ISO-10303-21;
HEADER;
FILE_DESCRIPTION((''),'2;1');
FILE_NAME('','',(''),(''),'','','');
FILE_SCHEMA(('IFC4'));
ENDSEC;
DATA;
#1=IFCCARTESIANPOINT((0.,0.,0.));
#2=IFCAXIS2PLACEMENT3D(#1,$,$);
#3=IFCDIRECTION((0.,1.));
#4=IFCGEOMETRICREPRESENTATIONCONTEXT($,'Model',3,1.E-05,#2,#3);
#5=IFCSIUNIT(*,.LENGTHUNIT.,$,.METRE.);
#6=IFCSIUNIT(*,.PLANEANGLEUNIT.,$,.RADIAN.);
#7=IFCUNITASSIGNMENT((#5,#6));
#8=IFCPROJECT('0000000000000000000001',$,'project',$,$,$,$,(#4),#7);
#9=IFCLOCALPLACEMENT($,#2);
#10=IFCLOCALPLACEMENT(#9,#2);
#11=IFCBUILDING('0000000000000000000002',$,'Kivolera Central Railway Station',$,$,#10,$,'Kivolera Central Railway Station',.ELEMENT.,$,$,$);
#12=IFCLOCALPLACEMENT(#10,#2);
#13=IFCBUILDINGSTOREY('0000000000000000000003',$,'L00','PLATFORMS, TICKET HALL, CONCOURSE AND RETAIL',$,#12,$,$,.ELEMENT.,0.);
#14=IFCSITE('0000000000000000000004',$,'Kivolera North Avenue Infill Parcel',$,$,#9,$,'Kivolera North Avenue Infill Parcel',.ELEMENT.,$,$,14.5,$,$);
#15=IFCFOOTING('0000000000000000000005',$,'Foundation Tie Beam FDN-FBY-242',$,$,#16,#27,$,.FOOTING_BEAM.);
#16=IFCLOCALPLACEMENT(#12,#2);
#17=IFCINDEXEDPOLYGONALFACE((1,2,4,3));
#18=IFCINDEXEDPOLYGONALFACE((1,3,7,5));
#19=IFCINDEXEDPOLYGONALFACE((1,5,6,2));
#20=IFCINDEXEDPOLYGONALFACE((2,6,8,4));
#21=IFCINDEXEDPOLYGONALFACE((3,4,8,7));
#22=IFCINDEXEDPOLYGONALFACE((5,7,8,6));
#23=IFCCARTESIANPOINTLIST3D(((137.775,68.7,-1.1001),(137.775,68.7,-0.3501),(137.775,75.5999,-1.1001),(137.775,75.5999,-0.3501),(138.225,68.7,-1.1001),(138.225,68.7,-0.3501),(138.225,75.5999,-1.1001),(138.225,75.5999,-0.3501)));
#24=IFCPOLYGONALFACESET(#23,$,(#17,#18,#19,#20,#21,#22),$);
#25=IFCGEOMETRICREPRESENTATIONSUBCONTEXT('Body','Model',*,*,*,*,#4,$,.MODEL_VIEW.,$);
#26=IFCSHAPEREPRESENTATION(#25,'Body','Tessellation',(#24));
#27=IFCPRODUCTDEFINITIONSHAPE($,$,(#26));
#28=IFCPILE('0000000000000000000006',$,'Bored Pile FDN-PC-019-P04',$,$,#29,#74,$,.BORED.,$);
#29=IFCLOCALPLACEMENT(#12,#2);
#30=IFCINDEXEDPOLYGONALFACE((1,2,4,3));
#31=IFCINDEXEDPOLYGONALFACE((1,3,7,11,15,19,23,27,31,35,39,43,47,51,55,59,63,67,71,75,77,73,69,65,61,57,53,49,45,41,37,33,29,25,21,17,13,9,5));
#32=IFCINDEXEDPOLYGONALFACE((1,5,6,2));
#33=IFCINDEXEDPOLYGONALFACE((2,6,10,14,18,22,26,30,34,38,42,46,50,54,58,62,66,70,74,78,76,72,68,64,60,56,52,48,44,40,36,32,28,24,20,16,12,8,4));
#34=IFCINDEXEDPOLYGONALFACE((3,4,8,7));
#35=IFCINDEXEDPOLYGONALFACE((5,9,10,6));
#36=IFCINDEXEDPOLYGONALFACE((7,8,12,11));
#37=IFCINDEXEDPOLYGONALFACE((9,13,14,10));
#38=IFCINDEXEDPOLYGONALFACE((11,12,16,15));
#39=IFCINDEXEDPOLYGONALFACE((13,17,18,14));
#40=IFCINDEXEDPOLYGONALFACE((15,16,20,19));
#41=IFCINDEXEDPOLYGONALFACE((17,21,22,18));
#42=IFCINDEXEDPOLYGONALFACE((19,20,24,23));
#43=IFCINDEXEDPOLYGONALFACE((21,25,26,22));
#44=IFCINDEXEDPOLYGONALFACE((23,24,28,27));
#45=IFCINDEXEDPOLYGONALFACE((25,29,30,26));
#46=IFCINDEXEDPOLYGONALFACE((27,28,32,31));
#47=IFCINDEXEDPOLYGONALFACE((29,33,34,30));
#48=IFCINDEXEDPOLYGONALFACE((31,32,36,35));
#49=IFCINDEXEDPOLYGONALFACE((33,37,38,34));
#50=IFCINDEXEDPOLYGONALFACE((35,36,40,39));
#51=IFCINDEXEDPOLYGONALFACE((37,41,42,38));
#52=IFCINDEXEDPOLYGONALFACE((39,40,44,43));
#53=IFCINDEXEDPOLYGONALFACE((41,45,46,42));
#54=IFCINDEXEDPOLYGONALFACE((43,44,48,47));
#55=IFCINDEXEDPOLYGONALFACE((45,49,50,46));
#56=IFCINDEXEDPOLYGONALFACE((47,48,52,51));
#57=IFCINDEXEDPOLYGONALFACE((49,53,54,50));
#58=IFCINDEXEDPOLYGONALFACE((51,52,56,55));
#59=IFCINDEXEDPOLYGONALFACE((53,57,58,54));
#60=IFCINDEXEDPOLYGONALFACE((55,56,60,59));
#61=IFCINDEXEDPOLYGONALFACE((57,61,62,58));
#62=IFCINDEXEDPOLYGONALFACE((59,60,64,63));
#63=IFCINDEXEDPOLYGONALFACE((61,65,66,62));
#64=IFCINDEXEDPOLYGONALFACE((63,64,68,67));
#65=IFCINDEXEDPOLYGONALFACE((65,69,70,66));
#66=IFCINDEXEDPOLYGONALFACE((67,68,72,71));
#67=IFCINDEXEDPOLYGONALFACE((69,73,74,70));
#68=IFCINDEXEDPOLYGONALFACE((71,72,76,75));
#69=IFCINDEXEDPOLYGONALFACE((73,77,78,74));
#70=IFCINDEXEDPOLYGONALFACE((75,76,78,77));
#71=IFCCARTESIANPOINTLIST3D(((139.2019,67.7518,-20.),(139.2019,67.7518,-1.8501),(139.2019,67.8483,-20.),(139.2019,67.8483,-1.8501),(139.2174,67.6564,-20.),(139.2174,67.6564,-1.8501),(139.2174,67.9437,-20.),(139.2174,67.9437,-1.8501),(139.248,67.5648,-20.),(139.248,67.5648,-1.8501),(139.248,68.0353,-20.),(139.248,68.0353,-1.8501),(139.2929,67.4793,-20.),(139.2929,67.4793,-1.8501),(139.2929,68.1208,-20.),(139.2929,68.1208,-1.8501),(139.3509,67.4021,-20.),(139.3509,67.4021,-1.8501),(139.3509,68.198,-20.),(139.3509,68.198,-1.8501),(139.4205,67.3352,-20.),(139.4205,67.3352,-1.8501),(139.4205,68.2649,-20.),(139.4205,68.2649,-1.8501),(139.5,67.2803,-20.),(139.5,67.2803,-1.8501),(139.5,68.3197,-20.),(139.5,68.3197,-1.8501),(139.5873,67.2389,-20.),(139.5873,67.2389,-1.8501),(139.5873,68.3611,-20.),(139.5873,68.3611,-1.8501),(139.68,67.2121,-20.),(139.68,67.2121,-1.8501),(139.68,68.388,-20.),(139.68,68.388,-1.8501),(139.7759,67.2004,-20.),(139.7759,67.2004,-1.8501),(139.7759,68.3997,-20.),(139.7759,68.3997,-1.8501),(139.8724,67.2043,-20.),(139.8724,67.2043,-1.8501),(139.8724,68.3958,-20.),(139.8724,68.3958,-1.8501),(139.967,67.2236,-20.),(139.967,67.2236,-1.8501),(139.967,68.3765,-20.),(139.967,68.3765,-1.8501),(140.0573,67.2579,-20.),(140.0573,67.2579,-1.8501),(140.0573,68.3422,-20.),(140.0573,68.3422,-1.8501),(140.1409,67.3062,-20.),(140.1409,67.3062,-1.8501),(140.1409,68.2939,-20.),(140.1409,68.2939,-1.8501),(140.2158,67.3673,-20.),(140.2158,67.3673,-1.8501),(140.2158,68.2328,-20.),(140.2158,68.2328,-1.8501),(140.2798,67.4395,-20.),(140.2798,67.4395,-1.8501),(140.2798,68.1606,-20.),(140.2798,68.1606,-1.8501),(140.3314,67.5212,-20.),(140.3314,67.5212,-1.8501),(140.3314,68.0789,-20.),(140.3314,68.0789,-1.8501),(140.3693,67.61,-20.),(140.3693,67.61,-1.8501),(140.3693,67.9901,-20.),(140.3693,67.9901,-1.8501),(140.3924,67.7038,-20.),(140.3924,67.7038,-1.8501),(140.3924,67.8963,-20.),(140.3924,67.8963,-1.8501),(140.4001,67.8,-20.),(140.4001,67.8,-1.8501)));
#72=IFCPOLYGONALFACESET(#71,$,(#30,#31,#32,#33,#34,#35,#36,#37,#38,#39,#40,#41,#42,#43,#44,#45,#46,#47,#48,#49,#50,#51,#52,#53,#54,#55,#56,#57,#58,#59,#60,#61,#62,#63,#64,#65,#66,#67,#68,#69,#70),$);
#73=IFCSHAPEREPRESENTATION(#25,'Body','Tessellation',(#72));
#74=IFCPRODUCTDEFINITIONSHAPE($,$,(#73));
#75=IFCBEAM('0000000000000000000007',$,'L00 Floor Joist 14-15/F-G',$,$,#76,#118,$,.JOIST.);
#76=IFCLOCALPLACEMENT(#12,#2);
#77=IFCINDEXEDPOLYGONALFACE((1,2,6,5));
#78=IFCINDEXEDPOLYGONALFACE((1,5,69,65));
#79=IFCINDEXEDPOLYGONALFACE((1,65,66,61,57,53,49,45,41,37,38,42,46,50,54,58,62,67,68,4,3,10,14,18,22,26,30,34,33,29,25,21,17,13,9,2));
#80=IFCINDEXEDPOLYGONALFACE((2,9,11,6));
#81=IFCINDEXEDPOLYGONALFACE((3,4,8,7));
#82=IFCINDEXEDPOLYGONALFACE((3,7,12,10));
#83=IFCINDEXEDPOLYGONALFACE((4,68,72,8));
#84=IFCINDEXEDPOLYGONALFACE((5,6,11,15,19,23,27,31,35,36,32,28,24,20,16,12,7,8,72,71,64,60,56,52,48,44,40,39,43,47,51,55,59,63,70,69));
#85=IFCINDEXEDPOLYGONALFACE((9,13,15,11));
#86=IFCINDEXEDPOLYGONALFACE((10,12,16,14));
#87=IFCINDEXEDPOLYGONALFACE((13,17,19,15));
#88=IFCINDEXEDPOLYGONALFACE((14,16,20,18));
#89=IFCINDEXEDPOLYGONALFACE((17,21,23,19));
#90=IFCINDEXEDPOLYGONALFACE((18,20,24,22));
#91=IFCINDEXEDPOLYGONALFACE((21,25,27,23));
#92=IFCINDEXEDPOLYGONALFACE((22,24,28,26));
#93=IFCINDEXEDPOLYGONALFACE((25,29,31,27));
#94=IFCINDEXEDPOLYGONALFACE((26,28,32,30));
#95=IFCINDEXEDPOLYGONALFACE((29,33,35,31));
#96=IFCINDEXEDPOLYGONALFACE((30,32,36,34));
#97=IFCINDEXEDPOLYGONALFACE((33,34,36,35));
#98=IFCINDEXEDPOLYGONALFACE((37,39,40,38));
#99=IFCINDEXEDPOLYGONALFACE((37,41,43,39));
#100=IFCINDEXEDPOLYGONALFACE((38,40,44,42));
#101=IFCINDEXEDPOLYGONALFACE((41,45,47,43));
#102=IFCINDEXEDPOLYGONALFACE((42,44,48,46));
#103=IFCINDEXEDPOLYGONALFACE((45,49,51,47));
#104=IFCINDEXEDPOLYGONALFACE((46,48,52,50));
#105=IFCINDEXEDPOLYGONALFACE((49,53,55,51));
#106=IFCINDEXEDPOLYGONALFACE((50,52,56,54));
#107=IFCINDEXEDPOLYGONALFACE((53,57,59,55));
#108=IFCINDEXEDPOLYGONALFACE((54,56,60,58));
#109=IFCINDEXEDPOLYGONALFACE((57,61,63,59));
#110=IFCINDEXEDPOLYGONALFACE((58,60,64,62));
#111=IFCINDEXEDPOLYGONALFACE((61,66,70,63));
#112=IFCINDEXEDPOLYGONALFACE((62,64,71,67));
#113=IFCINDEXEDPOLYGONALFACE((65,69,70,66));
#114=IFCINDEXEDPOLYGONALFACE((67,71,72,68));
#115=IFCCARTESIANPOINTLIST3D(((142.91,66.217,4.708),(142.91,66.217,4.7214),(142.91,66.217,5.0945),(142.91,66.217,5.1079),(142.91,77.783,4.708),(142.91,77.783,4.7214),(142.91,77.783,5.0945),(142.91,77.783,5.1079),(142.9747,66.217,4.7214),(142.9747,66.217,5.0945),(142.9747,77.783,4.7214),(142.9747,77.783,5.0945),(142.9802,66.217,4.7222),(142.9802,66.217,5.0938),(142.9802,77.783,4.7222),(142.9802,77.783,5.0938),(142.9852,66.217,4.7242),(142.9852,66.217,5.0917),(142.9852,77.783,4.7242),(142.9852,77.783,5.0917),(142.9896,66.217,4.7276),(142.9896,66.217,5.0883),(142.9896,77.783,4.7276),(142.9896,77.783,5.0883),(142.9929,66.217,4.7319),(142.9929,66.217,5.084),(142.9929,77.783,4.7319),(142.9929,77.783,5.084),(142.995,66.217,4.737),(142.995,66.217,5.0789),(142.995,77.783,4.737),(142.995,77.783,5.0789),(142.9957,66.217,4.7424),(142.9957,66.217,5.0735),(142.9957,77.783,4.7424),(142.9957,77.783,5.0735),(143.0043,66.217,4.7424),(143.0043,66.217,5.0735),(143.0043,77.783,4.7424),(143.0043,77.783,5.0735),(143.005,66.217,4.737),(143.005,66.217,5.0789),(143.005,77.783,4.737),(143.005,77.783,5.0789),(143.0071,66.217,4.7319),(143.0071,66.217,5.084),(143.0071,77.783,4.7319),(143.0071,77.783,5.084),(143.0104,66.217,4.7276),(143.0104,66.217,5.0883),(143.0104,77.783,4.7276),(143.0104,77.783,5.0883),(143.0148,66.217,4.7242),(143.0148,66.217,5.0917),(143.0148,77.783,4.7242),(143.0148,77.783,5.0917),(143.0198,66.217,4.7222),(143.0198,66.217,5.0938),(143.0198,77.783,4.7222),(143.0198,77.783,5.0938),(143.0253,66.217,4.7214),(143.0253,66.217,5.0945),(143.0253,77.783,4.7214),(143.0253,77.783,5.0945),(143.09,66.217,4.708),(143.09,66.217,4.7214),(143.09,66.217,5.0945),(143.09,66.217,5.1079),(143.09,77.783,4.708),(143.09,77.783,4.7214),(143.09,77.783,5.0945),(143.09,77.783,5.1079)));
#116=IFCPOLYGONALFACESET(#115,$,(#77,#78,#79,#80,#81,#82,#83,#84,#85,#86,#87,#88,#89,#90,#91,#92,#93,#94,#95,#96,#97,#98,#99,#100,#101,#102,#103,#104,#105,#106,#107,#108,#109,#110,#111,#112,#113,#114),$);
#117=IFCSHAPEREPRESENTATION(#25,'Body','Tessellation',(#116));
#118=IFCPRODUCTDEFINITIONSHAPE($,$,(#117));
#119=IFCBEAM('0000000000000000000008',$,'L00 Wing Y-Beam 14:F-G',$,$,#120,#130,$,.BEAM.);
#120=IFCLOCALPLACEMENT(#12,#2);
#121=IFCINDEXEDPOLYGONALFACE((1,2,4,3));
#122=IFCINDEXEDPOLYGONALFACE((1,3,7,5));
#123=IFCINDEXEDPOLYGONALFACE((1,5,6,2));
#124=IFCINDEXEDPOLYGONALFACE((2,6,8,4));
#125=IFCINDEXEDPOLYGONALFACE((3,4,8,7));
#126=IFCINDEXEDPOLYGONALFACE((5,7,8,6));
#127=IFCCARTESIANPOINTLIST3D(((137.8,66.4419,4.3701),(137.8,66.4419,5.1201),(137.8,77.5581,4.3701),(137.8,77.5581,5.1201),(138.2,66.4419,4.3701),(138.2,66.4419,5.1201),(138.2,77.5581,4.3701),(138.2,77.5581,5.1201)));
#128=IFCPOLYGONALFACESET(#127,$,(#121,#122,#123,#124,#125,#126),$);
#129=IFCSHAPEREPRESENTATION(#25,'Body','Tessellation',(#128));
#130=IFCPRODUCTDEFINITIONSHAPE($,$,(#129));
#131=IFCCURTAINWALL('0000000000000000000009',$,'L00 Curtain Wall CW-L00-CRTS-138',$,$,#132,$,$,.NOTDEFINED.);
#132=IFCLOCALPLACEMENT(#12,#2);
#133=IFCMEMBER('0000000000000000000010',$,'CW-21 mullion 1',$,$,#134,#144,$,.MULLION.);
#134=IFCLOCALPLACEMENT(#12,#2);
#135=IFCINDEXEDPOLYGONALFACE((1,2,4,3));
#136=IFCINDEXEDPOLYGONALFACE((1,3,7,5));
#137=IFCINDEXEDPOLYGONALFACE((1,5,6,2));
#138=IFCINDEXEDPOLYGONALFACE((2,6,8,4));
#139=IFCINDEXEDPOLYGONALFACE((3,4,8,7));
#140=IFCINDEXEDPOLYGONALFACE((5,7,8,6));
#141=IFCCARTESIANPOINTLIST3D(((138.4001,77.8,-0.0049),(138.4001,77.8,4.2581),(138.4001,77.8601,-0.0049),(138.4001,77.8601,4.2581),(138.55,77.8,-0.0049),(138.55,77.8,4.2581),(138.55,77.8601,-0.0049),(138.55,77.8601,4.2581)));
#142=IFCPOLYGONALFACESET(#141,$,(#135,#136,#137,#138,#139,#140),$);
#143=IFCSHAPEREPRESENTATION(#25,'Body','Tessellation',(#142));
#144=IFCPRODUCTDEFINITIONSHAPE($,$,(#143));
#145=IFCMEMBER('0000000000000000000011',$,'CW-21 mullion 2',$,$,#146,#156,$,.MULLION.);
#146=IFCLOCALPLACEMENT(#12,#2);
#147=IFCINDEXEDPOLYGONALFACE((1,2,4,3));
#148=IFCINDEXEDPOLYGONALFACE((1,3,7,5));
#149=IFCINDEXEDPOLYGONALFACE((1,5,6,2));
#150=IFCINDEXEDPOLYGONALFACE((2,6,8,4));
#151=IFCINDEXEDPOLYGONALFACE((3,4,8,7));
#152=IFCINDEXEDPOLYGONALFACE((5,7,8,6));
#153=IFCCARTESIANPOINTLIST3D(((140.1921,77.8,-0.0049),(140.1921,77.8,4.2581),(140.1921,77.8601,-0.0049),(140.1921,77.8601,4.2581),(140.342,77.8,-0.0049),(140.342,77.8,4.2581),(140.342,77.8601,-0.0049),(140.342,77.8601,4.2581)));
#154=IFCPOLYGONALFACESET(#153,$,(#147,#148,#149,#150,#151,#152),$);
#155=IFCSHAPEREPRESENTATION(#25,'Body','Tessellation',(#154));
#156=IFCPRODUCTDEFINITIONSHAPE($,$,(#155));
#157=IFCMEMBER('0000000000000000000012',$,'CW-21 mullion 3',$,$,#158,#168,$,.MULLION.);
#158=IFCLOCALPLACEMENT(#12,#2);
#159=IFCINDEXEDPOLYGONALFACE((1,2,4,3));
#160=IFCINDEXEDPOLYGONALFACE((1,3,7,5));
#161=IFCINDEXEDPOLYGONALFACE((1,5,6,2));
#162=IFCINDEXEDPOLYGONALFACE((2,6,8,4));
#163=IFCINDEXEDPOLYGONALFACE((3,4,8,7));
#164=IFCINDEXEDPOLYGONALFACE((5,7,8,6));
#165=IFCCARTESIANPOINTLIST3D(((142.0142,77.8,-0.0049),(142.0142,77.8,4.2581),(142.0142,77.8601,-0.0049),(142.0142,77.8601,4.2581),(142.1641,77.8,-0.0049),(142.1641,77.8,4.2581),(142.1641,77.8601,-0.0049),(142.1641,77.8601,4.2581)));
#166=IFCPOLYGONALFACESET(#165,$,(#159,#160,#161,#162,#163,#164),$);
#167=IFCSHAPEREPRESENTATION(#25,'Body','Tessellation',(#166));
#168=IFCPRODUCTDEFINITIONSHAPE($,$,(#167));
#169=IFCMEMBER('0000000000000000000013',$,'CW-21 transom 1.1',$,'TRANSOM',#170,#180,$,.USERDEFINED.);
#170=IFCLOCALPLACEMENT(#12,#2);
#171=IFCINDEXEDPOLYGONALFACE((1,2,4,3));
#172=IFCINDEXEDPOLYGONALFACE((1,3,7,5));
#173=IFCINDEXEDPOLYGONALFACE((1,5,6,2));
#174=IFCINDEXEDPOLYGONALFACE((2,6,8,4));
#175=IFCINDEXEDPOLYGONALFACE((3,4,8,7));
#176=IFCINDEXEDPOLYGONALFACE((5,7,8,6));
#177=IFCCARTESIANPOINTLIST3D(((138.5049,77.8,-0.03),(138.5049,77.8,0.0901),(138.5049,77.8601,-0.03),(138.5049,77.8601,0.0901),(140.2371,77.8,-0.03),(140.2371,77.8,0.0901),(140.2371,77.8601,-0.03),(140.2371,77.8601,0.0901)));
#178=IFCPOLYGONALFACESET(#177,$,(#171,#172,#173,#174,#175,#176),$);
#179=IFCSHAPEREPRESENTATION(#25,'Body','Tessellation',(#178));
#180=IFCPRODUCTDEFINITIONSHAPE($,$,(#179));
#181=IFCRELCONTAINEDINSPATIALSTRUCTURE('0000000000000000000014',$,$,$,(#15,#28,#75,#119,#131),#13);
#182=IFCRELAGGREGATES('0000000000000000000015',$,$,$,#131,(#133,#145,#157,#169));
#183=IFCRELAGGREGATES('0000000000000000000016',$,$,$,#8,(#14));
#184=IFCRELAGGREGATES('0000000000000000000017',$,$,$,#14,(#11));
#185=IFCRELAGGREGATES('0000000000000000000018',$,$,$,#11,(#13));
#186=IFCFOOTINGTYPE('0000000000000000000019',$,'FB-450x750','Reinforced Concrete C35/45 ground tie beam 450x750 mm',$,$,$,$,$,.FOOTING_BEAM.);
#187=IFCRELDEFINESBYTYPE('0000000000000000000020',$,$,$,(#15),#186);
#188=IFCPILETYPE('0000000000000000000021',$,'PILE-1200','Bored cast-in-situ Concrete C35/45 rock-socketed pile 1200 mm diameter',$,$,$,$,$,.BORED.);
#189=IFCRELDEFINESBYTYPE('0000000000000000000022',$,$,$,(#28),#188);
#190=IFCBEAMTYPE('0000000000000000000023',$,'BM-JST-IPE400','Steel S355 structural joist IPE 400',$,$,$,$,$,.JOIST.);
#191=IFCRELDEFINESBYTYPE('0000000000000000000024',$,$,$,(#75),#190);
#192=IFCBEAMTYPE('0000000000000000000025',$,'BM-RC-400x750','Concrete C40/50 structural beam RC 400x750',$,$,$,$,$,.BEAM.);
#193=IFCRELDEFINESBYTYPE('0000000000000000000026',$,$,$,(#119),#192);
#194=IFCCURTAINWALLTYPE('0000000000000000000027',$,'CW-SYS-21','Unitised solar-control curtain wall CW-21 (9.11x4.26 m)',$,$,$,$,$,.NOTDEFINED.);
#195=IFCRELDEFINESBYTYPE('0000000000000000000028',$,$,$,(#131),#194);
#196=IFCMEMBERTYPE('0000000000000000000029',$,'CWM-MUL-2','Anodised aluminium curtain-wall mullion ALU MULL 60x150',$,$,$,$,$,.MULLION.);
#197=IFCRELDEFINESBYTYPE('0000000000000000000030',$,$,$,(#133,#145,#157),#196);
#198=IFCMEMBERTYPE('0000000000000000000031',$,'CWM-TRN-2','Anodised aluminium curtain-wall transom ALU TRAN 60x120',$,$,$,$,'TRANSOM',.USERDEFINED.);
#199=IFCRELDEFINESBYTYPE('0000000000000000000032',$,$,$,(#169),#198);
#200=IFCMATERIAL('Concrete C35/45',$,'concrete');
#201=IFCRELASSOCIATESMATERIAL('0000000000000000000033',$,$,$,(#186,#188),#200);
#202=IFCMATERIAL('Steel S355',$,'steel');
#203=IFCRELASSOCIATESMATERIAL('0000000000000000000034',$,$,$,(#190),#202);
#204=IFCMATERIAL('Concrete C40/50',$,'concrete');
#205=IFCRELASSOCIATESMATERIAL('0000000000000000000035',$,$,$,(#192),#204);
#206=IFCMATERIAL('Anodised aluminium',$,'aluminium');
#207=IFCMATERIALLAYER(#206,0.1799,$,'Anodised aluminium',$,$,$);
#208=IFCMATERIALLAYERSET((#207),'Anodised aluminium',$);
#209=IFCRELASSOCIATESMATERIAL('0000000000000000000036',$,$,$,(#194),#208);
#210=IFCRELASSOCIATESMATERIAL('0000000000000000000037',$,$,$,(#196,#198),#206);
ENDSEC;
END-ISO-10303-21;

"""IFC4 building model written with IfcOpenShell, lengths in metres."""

from ifc_helpers import new_model, si_unit, direction, frame, origin, origin_2d, place, context, subcontext, project, spatial, rectangle, circle, i_section, extrude, material, layer, layer_set, material_profile, profile_set, type_object, element, aggregate, save


model = new_model("IFC4")

# Units and contexts
model_context = context("Model", 3, precision=1e-05, world=origin(), true_north=direction((0.0, 1.0)))
body_context = subcontext(model_context, "Body", "Model", "MODEL_VIEW")
ifc_project = project(units=[si_unit("LENGTHUNIT", "METRE"), si_unit("PLANEANGLEUNIT", "RADIAN")], contexts=[model_context])

# Site, building, storey
site_placement = place(None, origin())
site = spatial("IfcSite", under=ifc_project, at=site_placement, Name="Kivolera North Avenue Infill Parcel", LongName="Kivolera North Avenue Infill Parcel", CompositionType="ELEMENT", RefElevation=14.5)
building_placement = place(site_placement, origin())
building = spatial("IfcBuilding", under=site, at=building_placement, Name="Kivolera Central Railway Station", LongName="Kivolera Central Railway Station", CompositionType="ELEMENT")
storey_placement = place(building_placement, origin())
storey = spatial("IfcBuildingStorey", under=building, at=storey_placement, Name="L00", Description="PLATFORMS, TICKET HALL, CONCOURSE AND RETAIL", CompositionType="ELEMENT", Elevation=0.0)

# Footing
ifc_material_1 = material(Name="Concrete C35/45", Category="concrete")
footing_type = type_object("IfcFootingType", Name="FB-450x750", Description="Reinforced Concrete C35/45 ground tie beam 450x750 mm", PredefinedType="FOOTING_BEAM", material=ifc_material_1)
footing_placement = place(storey_placement, frame((138.0, 72.1499, -1.1001), z_axis=(0.0, 0.0, 1.0), x_axis=(1.0, 0.0, 0.0)))
element("IfcFooting", 1, at=footing_placement, inside=storey, type_object=footing_type, Name="Foundation Tie Beam FDN-FBY-242", PredefinedType="FOOTING_BEAM", context=body_context, shape_type="SweptSolid", body=[
    extrude(rectangle(XDim=0.45, YDim=6.8999, at=origin_2d()), origin(), (0.0, 0.0, 1.0), 0.75),
])

# Pile
ifc_material_profile_1 = material_profile(ifc_material_1, circle(Radius=0.6001, at=origin_2d()), Name="PILE D1200")
ifc_profile_set_1 = profile_set([ifc_material_profile_1], Name="Concrete C35/45")
pile_type = type_object("IfcPileType", Name="PILE-1200", Description="Bored cast-in-situ Concrete C35/45 rock-socketed pile 1200 mm diameter", PredefinedType="BORED", material=ifc_profile_set_1)
pile_placement = place(storey_placement, frame((139.8, 67.8, -1.8501), z_axis=(0.0, 0.0, -1.0), x_axis=(1.0, 0.0, 0.0)))
element("IfcPile", 2, at=pile_placement, inside=storey, type_object=pile_type, Name="Bored Pile FDN-PC-019-P04", PredefinedType="BORED", context=body_context, shape_type="SweptSolid", body=[
    extrude(circle(Radius=0.6001, at=origin_2d()), origin(), (0.0, 0.0, 1.0), 18.1499),
])

# Beams
ifc_material_2 = material(Name="Steel S355", Category="steel")
ifc_material_profile_2 = material_profile(ifc_material_2, i_section(OverallWidth=0.1799, OverallDepth=0.3999, WebThickness=0.0085, FlangeThickness=0.0134, FilletRadius=0.021, at=origin_2d()), Name="IPE 400")
ifc_profile_set_2 = profile_set([ifc_material_profile_2], Name="Steel S355")
beam_type_1 = type_object("IfcBeamType", Name="BM-JST-IPE400", Description="Steel S355 structural joist IPE 400", PredefinedType="JOIST", material=ifc_profile_set_2)
beam_1_placement = place(storey_placement, frame((143.0, 66.217, 4.908), z_axis=(0.0, 1.0, 0.0), x_axis=(-1.0, 0.0, 0.0)))
element("IfcBeam", 3, at=beam_1_placement, inside=storey, type_object=beam_type_1, Name="L00 Floor Joist 14-15/F-G", PredefinedType="JOIST", context=body_context, shape_type="SweptSolid", body=[
    extrude(i_section(OverallWidth=0.1799, OverallDepth=0.3999, WebThickness=0.0085, FlangeThickness=0.0134, FilletRadius=0.021, at=origin_2d()), origin(), (0.0, 0.0, 1.0), 11.5659),
])
ifc_material_3 = material(Name="Concrete C40/50", Category="concrete")
ifc_material_profile_3 = material_profile(ifc_material_3, rectangle(XDim=0.3999, YDim=0.75, at=origin_2d()), Name="RC 400x750")
ifc_profile_set_3 = profile_set([ifc_material_profile_3], Name="Concrete C40/50")
beam_type_2 = type_object("IfcBeamType", Name="BM-RC-400x750", Description="Concrete C40/50 structural beam RC 400x750", PredefinedType="BEAM", material=ifc_profile_set_3)
beam_2_placement = place(storey_placement, frame((138.0, 66.4419, 4.7451), z_axis=(0.0, 1.0, 0.0), x_axis=(-1.0, 0.0, 0.0)))
element("IfcBeam", 4, at=beam_2_placement, inside=storey, type_object=beam_type_2, Name="L00 Wing Y-Beam 14:F-G", PredefinedType="BEAM", context=body_context, shape_type="SweptSolid", body=[
    extrude(rectangle(XDim=0.3999, YDim=0.75, at=origin_2d()), origin(), (0.0, 0.0, 1.0), 11.1162),
])

# Curtain wall, members
ifc_material_4 = material(Name="Anodised aluminium", Category="aluminium")
ifc_layer_1 = layer(ifc_material_4, 0.1799, Name="Anodised aluminium")
ifc_layer_set_1 = layer_set([ifc_layer_1], Name="Anodised aluminium")
curtain_wall_type = type_object("IfcCurtainWallType", Name="CW-SYS-21", Description="Unitised solar-control curtain wall CW-21 (9.11x4.26 m)", PredefinedType="NOTDEFINED", material=ifc_layer_set_1)
curtain_wall_placement = place(storey_placement, origin())
curtain_wall = element("IfcCurtainWall", 5, at=curtain_wall_placement, inside=storey, type_object=curtain_wall_type, Name="L00 Curtain Wall CW-L00-CRTS-138", PredefinedType="NOTDEFINED")
ifc_material_profile_4 = material_profile(ifc_material_4, rectangle(XDim=0.0601, YDim=0.1499, at=origin_2d()), Name="ALU MULL 60x150")
ifc_profile_set_4 = profile_set([ifc_material_profile_4], Name="Anodised aluminium")
member_type_1 = type_object("IfcMemberType", Name="CWM-MUL-2", Description="Anodised aluminium curtain-wall mullion ALU MULL 60x150", PredefinedType="MULLION", material=ifc_profile_set_4)
member_1_placement = place(storey_placement, frame((138.4751, 77.8301, -0.0049), z_axis=(0.0, 0.0, 1.0), x_axis=(0.0, 1.0, 0.0)))
member_1 = element("IfcMember", 6, at=member_1_placement, type_object=member_type_1, Name="CW-21 mullion 1", PredefinedType="MULLION", context=body_context, shape_type="SweptSolid", body=[
    extrude(rectangle(XDim=0.0601, YDim=0.1499, at=origin_2d()), origin(), (0.0, 0.0, 1.0), 4.2629),
])
member_2_placement = place(storey_placement, frame((140.2671, 77.8301, -0.0049), z_axis=(0.0, 0.0, 1.0), x_axis=(0.0, 1.0, 0.0)))
member_2 = element("IfcMember", 7, at=member_2_placement, type_object=member_type_1, Name="CW-21 mullion 2", PredefinedType="MULLION", context=body_context, shape_type="SweptSolid", body=[
    extrude(rectangle(XDim=0.0601, YDim=0.1499, at=origin_2d()), origin(), (0.0, 0.0, 1.0), 4.2629),
])
member_3_placement = place(storey_placement, frame((142.0891, 77.8301, -0.0049), z_axis=(0.0, 0.0, 1.0), x_axis=(0.0, 1.0, 0.0)))
member_3 = element("IfcMember", 8, at=member_3_placement, type_object=member_type_1, Name="CW-21 mullion 3", PredefinedType="MULLION", context=body_context, shape_type="SweptSolid", body=[
    extrude(rectangle(XDim=0.0601, YDim=0.1499, at=origin_2d()), origin(), (0.0, 0.0, 1.0), 4.2629),
])
ifc_material_profile_5 = material_profile(ifc_material_4, rectangle(XDim=0.0601, YDim=0.1201, at=origin_2d()), Name="ALU TRAN 60x120")
ifc_profile_set_5 = profile_set([ifc_material_profile_5], Name="Anodised aluminium")
member_type_2 = type_object("IfcMemberType", Name="CWM-TRN-2", Description="Anodised aluminium curtain-wall transom ALU TRAN 60x120", ElementType="TRANSOM", PredefinedType="USERDEFINED", material=ifc_profile_set_5)
member_4_placement = place(storey_placement, frame((138.5049, 77.8301, 0.03), z_axis=(1.0, 0.0, 0.0), x_axis=(0.0, 1.0, 0.0)))
member_4 = element("IfcMember", 9, at=member_4_placement, type_object=member_type_2, Name="CW-21 transom 1.1", ObjectType="TRANSOM", PredefinedType="USERDEFINED", context=body_context, shape_type="SweptSolid", body=[
    extrude(rectangle(XDim=0.0601, YDim=0.1201, at=origin_2d()), origin(), (0.0, 0.0, 1.0), 1.7322),
])
aggregate(curtain_wall, [member_1, member_2, member_3, member_4])

save(model, "model.ifc")
